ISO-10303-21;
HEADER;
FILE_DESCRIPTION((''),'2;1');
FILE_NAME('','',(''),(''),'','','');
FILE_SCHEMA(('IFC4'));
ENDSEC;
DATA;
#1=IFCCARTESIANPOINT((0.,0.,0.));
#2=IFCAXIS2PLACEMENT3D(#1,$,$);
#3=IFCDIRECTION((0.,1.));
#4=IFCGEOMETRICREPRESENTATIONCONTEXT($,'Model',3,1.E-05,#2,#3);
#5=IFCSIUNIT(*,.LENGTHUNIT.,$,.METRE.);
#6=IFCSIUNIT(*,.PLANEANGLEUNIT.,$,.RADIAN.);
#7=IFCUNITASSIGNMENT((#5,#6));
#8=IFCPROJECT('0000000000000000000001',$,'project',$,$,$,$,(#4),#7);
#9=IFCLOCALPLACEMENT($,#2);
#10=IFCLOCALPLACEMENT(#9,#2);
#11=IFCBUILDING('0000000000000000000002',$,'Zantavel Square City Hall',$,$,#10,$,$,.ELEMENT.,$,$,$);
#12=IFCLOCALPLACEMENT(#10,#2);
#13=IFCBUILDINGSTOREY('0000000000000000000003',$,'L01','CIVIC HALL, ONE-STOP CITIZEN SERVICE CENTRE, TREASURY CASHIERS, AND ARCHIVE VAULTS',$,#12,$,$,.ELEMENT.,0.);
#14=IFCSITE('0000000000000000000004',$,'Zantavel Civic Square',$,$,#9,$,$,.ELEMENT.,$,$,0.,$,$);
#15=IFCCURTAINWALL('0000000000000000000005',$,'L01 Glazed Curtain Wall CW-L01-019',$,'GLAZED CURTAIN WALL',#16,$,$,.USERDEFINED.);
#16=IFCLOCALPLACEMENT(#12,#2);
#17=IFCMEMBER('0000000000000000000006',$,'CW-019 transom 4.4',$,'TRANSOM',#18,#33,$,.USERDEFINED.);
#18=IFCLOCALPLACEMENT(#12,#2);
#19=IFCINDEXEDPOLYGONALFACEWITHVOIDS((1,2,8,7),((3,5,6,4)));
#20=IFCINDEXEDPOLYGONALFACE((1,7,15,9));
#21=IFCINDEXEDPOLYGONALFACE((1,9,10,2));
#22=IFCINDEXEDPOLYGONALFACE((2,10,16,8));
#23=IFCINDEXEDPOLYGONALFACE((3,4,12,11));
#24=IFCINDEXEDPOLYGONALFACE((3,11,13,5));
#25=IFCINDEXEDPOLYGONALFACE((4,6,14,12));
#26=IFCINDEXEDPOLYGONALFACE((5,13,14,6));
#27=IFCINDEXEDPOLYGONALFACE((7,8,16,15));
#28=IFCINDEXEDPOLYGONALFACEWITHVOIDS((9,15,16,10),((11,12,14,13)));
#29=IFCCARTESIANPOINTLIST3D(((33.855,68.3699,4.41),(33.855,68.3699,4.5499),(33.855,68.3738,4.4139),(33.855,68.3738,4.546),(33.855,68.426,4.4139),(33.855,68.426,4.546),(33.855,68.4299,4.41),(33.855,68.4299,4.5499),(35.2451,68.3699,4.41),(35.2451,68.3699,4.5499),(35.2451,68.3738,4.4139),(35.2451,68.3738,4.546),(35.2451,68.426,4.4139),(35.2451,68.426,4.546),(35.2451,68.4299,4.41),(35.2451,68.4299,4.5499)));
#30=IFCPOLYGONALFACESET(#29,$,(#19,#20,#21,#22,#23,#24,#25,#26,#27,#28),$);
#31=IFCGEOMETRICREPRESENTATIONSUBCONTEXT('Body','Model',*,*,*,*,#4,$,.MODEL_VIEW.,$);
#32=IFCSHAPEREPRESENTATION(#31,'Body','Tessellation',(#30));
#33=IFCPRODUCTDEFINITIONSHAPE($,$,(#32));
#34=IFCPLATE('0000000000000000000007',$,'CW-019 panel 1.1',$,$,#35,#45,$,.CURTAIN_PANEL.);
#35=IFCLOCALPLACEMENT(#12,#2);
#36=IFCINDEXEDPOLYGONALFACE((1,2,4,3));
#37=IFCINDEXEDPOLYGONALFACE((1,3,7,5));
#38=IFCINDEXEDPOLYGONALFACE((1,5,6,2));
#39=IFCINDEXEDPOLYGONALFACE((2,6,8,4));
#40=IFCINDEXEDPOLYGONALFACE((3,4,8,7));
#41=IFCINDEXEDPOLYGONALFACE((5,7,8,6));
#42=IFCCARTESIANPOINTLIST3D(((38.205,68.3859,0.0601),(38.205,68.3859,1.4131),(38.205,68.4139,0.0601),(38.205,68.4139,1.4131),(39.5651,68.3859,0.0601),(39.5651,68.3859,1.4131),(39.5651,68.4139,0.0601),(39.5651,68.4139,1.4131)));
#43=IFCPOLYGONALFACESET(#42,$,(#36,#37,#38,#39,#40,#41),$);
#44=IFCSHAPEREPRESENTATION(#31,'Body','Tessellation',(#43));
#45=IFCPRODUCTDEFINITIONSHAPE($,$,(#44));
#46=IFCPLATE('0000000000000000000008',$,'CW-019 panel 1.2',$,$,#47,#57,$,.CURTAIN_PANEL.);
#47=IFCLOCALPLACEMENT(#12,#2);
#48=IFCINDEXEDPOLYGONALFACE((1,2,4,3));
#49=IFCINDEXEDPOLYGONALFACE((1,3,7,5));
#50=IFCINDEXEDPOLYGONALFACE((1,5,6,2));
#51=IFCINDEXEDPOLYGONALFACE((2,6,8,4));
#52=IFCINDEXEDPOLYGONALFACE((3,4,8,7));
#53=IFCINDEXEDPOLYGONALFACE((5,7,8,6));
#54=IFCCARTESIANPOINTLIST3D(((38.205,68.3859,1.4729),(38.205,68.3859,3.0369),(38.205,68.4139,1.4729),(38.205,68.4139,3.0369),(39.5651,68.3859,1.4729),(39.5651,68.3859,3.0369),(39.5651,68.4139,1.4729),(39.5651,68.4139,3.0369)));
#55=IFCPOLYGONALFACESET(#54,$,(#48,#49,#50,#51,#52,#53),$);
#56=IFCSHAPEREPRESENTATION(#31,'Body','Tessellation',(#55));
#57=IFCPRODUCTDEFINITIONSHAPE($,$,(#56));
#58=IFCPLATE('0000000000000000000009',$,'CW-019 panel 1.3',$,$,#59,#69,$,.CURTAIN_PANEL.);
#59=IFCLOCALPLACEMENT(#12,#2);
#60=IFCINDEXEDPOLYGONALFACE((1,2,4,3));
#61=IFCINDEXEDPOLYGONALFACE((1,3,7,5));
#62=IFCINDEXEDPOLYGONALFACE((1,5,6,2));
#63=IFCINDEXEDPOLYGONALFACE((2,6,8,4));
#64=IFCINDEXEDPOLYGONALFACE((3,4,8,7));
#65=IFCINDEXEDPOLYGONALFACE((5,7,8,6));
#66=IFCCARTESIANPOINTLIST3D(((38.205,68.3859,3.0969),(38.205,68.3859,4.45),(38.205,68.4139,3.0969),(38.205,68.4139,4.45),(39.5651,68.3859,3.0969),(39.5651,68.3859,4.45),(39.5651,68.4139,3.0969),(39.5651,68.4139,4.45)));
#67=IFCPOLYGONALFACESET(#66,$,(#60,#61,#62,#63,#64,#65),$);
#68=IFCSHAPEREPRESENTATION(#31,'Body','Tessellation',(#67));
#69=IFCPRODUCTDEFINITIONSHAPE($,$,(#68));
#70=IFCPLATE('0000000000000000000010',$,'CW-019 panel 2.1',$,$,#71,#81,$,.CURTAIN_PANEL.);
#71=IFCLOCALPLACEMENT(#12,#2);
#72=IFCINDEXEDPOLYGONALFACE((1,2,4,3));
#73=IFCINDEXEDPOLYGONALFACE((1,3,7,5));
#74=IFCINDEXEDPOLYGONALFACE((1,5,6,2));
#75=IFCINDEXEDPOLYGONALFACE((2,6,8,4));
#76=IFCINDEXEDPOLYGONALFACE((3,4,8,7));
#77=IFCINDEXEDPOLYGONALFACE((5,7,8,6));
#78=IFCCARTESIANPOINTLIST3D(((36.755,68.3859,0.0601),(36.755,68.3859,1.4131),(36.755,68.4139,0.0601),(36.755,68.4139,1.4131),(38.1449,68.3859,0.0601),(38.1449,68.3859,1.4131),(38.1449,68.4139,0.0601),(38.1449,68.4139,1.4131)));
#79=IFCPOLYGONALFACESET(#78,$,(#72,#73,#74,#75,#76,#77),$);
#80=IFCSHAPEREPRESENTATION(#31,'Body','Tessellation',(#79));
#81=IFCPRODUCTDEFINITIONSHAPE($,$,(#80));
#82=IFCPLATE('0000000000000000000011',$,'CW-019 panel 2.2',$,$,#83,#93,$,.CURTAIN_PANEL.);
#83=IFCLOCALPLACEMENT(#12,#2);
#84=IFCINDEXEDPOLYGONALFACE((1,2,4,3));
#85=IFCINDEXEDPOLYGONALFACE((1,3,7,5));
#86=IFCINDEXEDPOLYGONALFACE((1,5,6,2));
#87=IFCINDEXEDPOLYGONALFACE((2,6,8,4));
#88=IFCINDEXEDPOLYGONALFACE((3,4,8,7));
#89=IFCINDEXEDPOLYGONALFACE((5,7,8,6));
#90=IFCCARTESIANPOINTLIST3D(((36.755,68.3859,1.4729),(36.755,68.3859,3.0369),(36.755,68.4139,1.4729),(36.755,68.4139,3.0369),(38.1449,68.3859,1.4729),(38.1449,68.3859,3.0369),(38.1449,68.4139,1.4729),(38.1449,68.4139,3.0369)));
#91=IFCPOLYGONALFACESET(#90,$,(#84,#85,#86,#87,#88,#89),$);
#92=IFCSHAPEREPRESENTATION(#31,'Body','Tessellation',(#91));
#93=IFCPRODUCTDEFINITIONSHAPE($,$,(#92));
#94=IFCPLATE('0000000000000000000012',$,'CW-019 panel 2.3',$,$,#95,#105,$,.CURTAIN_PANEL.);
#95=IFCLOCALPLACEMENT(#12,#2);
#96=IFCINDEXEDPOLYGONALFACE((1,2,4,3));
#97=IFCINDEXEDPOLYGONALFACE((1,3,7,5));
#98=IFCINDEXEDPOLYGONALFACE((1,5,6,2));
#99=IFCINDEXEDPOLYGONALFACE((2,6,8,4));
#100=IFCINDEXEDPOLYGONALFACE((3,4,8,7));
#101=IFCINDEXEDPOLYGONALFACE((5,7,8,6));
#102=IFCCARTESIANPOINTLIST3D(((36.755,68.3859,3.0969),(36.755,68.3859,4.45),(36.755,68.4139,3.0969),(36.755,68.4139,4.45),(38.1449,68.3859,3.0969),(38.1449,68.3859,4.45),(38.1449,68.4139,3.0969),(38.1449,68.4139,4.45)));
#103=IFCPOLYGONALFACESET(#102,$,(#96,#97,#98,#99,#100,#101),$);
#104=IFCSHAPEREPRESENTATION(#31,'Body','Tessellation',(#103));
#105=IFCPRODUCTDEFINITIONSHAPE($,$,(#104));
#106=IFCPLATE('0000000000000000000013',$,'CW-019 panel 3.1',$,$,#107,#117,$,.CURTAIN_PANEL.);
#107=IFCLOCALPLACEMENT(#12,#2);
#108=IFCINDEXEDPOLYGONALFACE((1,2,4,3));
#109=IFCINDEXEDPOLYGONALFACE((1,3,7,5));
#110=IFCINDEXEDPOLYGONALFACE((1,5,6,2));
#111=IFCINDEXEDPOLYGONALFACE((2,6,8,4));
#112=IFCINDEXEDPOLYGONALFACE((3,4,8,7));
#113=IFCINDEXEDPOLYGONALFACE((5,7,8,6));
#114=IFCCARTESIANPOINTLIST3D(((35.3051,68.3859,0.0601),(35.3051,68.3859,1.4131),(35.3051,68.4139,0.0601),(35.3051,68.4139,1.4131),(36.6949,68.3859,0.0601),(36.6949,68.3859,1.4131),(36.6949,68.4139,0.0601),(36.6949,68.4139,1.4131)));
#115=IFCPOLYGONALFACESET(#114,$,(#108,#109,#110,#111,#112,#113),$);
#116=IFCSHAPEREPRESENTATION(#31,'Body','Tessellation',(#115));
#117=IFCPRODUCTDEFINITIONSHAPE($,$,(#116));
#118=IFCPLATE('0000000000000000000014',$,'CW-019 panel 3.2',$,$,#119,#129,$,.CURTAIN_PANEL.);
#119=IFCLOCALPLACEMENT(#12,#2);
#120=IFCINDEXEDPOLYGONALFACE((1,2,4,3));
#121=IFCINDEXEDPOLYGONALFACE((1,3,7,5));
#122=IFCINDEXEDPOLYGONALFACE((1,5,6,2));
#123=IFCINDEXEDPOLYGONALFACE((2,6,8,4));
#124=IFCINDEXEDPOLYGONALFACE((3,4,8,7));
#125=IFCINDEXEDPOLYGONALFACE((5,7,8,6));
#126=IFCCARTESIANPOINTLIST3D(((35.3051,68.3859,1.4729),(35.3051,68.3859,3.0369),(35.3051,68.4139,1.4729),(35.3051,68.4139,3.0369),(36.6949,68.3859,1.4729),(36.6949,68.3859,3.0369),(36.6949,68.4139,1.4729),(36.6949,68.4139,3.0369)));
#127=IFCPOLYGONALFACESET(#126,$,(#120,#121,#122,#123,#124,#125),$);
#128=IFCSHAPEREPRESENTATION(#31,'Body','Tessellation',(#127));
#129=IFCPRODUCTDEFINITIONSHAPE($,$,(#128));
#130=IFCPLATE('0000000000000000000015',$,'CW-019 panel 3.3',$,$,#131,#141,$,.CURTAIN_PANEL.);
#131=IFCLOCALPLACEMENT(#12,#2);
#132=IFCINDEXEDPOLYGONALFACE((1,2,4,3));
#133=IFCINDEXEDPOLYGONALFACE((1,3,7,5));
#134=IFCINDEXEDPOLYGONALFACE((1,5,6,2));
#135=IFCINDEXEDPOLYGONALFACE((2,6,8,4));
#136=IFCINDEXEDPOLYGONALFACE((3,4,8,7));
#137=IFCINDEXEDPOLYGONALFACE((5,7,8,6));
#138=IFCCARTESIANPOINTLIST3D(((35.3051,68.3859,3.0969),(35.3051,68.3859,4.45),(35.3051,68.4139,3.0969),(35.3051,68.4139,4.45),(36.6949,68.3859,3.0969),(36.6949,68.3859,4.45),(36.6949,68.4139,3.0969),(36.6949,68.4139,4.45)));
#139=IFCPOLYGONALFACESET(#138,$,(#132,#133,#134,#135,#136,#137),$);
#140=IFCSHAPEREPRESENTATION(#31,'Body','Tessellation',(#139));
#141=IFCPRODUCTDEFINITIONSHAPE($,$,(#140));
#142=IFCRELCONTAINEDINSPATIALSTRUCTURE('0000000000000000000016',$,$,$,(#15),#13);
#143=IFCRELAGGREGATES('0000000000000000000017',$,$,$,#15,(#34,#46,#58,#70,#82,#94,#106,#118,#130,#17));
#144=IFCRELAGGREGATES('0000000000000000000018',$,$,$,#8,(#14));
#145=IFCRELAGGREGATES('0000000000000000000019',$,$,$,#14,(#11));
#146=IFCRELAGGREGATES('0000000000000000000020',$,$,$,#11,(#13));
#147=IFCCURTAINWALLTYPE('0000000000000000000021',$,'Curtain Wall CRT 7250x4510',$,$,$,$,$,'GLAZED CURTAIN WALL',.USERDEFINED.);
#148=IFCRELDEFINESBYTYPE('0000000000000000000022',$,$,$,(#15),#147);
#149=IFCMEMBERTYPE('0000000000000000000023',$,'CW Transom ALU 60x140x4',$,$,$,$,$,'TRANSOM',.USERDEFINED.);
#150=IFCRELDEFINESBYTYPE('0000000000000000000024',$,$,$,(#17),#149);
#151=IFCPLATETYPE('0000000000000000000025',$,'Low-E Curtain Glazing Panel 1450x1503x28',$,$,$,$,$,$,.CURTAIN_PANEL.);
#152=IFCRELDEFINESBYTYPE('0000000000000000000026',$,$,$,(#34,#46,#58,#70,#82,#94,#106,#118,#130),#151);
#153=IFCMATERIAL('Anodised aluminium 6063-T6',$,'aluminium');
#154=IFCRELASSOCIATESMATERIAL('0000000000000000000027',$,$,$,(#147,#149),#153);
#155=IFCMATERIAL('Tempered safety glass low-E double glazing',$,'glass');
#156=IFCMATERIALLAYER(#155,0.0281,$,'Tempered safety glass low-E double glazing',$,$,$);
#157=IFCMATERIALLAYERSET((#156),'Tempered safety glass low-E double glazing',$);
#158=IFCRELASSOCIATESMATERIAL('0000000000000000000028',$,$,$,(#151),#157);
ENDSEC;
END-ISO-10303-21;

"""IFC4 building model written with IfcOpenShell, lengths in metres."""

from ifc_helpers import new_model, si_unit, direction, frame, origin, origin_2d, place, context, subcontext, project, spatial, rectangle, hollow_rectangle, extrude, material, layer, layer_set, material_profile, profile_set, type_object, element, aggregate, save


model = new_model("IFC4")

# Units and contexts
model_context = context("Model", 3, precision=1e-05, world=origin(), true_north=direction((0.0, 1.0)))
body_context = subcontext(model_context, "Body", "Model", "MODEL_VIEW")
ifc_project = project(units=[si_unit("LENGTHUNIT", "METRE"), si_unit("PLANEANGLEUNIT", "RADIAN")], contexts=[model_context])

# Site, building, storey
site_placement = place(None, origin())
site = spatial("IfcSite", under=ifc_project, at=site_placement, Name="Zantavel Civic Square", CompositionType="ELEMENT", RefElevation=0.0)
building_placement = place(site_placement, origin())
building = spatial("IfcBuilding", under=site, at=building_placement, Name="Zantavel Square City Hall", CompositionType="ELEMENT")
storey_placement = place(building_placement, origin())
storey = spatial("IfcBuildingStorey", under=building, at=storey_placement, Name="L01", Description="CIVIC HALL, ONE-STOP CITIZEN SERVICE CENTRE, TREASURY CASHIERS, AND ARCHIVE VAULTS", CompositionType="ELEMENT", Elevation=0.0)

# Curtain wall, member, plates
ifc_material_1 = material(Name="Anodised aluminium 6063-T6", Category="aluminium")
curtain_wall_type = type_object("IfcCurtainWallType", Name="Curtain Wall CRT 7250x4510", ElementType="GLAZED CURTAIN WALL", PredefinedType="USERDEFINED", material=ifc_material_1)
curtain_wall_placement = place(storey_placement, origin())
curtain_wall = element("IfcCurtainWall", 1, at=curtain_wall_placement, inside=storey, type_object=curtain_wall_type, Name="L01 Glazed Curtain Wall CW-L01-019", ObjectType="GLAZED CURTAIN WALL", PredefinedType="USERDEFINED")
ifc_material_profile_1 = material_profile(ifc_material_1, hollow_rectangle(XDim=0.0601, YDim=0.1399, WallThickness=0.0039, at=origin_2d()), Name="ALU 60x140x4")
ifc_profile_set_1 = profile_set([ifc_material_profile_1], Name="Anodised aluminium 6063-T6")
member_type_1 = type_object("IfcMemberType", Name="CW Transom ALU 60x140x4", ElementType="TRANSOM", PredefinedType="USERDEFINED", material=ifc_profile_set_1)
member_1_placement = place(storey_placement, frame((35.2451, 68.3999, 4.48), z_axis=(-1.0, 0.0, 0.0), x_axis=(0.0, -1.0, 0.0)))
member_1 = element("IfcMember", 2, at=member_1_placement, type_object=member_type_1, Name="CW-019 transom 4.4", ObjectType="TRANSOM", PredefinedType="USERDEFINED", context=body_context, shape_type="SweptSolid", body=[
    extrude(hollow_rectangle(XDim=0.0601, YDim=0.1399, WallThickness=0.0039, at=origin_2d()), origin(), (0.0, 0.0, 1.0), 1.3901),
])
ifc_material_2 = material(Name="Tempered safety glass low-E double glazing", Category="glass")
ifc_layer = layer(ifc_material_2, 0.0281, Name="Tempered safety glass low-E double glazing")
ifc_layer_set = layer_set([ifc_layer], Name="Tempered safety glass low-E double glazing")
plate_type = type_object("IfcPlateType", Name="Low-E Curtain Glazing Panel 1450x1503x28", PredefinedType="CURTAIN_PANEL", material=ifc_layer_set)
plate_1_placement = place(storey_placement, frame((38.885, 68.3999, 0.0601), z_axis=(0.0, 0.0, 1.0), x_axis=(-1.0, 0.0, 0.0)))
plate_1 = element("IfcPlate", 3, at=plate_1_placement, type_object=plate_type, Name="CW-019 panel 1.1", PredefinedType="CURTAIN_PANEL", context=body_context, shape_type="SweptSolid", body=[
    extrude(rectangle(XDim=1.3601, YDim=0.0281, at=origin_2d()), origin(), (0.0, 0.0, 1.0), 1.353),
])
plate_2_placement = place(storey_placement, frame((38.885, 68.3999, 1.4729), z_axis=(0.0, 0.0, 1.0), x_axis=(-1.0, 0.0, 0.0)))
plate_2 = element("IfcPlate", 4, at=plate_2_placement, type_object=plate_type, Name="CW-019 panel 1.2", PredefinedType="CURTAIN_PANEL", context=body_context, shape_type="SweptSolid", body=[
    extrude(rectangle(XDim=1.3601, YDim=0.0281, at=origin_2d()), origin(), (0.0, 0.0, 1.0), 1.564),
])
plate_3_placement = place(storey_placement, frame((38.885, 68.3999, 3.0969), z_axis=(0.0, 0.0, 1.0), x_axis=(-1.0, 0.0, 0.0)))
plate_3 = element("IfcPlate", 5, at=plate_3_placement, type_object=plate_type, Name="CW-019 panel 1.3", PredefinedType="CURTAIN_PANEL", context=body_context, shape_type="SweptSolid", body=[
    extrude(rectangle(XDim=1.3601, YDim=0.0281, at=origin_2d()), origin(), (0.0, 0.0, 1.0), 1.353),
])
plate_4_placement = place(storey_placement, frame((37.45, 68.3999, 0.0601), z_axis=(0.0, 0.0, 1.0), x_axis=(-1.0, 0.0, 0.0)))
plate_4 = element("IfcPlate", 6, at=plate_4_placement, type_object=plate_type, Name="CW-019 panel 2.1", PredefinedType="CURTAIN_PANEL", context=body_context, shape_type="SweptSolid", body=[
    extrude(rectangle(XDim=1.3899, YDim=0.0281, at=origin_2d()), origin(), (0.0, 0.0, 1.0), 1.353),
])
plate_5_placement = place(storey_placement, frame((37.45, 68.3999, 1.4729), z_axis=(0.0, 0.0, 1.0), x_axis=(-1.0, 0.0, 0.0)))
plate_5 = element("IfcPlate", 7, at=plate_5_placement, type_object=plate_type, Name="CW-019 panel 2.2", PredefinedType="CURTAIN_PANEL", context=body_context, shape_type="SweptSolid", body=[
    extrude(rectangle(XDim=1.3899, YDim=0.0281, at=origin_2d()), origin(), (0.0, 0.0, 1.0), 1.564),
])
plate_6_placement = place(storey_placement, frame((37.45, 68.3999, 3.0969), z_axis=(0.0, 0.0, 1.0), x_axis=(-1.0, 0.0, 0.0)))
plate_6 = element("IfcPlate", 8, at=plate_6_placement, type_object=plate_type, Name="CW-019 panel 2.3", PredefinedType="CURTAIN_PANEL", context=body_context, shape_type="SweptSolid", body=[
    extrude(rectangle(XDim=1.3899, YDim=0.0281, at=origin_2d()), origin(), (0.0, 0.0, 1.0), 1.353),
])
plate_7_placement = place(storey_placement, frame((36.0, 68.3999, 0.0601), z_axis=(0.0, 0.0, 1.0), x_axis=(-1.0, 0.0, 0.0)))
plate_7 = element("IfcPlate", 9, at=plate_7_placement, type_object=plate_type, Name="CW-019 panel 3.1", PredefinedType="CURTAIN_PANEL", context=body_context, shape_type="SweptSolid", body=[
    extrude(rectangle(XDim=1.3899, YDim=0.0281, at=origin_2d()), origin(), (0.0, 0.0, 1.0), 1.353),
])
plate_8_placement = place(storey_placement, frame((36.0, 68.3999, 1.4729), z_axis=(0.0, 0.0, 1.0), x_axis=(-1.0, 0.0, 0.0)))
plate_8 = element("IfcPlate", 10, at=plate_8_placement, type_object=plate_type, Name="CW-019 panel 3.2", PredefinedType="CURTAIN_PANEL", context=body_context, shape_type="SweptSolid", body=[
    extrude(rectangle(XDim=1.3899, YDim=0.0281, at=origin_2d()), origin(), (0.0, 0.0, 1.0), 1.564),
])
plate_9_placement = place(storey_placement, frame((36.0, 68.3999, 3.0969), z_axis=(0.0, 0.0, 1.0), x_axis=(-1.0, 0.0, 0.0)))
plate_9 = element("IfcPlate", 11, at=plate_9_placement, type_object=plate_type, Name="CW-019 panel 3.3", PredefinedType="CURTAIN_PANEL", context=body_context, shape_type="SweptSolid", body=[
    extrude(rectangle(XDim=1.3899, YDim=0.0281, at=origin_2d()), origin(), (0.0, 0.0, 1.0), 1.353),
])
aggregate(curtain_wall, [plate_1, plate_2, plate_3, plate_4, plate_5, plate_6, plate_7, plate_8, plate_9, member_1])

save(model, "model.ifc")
